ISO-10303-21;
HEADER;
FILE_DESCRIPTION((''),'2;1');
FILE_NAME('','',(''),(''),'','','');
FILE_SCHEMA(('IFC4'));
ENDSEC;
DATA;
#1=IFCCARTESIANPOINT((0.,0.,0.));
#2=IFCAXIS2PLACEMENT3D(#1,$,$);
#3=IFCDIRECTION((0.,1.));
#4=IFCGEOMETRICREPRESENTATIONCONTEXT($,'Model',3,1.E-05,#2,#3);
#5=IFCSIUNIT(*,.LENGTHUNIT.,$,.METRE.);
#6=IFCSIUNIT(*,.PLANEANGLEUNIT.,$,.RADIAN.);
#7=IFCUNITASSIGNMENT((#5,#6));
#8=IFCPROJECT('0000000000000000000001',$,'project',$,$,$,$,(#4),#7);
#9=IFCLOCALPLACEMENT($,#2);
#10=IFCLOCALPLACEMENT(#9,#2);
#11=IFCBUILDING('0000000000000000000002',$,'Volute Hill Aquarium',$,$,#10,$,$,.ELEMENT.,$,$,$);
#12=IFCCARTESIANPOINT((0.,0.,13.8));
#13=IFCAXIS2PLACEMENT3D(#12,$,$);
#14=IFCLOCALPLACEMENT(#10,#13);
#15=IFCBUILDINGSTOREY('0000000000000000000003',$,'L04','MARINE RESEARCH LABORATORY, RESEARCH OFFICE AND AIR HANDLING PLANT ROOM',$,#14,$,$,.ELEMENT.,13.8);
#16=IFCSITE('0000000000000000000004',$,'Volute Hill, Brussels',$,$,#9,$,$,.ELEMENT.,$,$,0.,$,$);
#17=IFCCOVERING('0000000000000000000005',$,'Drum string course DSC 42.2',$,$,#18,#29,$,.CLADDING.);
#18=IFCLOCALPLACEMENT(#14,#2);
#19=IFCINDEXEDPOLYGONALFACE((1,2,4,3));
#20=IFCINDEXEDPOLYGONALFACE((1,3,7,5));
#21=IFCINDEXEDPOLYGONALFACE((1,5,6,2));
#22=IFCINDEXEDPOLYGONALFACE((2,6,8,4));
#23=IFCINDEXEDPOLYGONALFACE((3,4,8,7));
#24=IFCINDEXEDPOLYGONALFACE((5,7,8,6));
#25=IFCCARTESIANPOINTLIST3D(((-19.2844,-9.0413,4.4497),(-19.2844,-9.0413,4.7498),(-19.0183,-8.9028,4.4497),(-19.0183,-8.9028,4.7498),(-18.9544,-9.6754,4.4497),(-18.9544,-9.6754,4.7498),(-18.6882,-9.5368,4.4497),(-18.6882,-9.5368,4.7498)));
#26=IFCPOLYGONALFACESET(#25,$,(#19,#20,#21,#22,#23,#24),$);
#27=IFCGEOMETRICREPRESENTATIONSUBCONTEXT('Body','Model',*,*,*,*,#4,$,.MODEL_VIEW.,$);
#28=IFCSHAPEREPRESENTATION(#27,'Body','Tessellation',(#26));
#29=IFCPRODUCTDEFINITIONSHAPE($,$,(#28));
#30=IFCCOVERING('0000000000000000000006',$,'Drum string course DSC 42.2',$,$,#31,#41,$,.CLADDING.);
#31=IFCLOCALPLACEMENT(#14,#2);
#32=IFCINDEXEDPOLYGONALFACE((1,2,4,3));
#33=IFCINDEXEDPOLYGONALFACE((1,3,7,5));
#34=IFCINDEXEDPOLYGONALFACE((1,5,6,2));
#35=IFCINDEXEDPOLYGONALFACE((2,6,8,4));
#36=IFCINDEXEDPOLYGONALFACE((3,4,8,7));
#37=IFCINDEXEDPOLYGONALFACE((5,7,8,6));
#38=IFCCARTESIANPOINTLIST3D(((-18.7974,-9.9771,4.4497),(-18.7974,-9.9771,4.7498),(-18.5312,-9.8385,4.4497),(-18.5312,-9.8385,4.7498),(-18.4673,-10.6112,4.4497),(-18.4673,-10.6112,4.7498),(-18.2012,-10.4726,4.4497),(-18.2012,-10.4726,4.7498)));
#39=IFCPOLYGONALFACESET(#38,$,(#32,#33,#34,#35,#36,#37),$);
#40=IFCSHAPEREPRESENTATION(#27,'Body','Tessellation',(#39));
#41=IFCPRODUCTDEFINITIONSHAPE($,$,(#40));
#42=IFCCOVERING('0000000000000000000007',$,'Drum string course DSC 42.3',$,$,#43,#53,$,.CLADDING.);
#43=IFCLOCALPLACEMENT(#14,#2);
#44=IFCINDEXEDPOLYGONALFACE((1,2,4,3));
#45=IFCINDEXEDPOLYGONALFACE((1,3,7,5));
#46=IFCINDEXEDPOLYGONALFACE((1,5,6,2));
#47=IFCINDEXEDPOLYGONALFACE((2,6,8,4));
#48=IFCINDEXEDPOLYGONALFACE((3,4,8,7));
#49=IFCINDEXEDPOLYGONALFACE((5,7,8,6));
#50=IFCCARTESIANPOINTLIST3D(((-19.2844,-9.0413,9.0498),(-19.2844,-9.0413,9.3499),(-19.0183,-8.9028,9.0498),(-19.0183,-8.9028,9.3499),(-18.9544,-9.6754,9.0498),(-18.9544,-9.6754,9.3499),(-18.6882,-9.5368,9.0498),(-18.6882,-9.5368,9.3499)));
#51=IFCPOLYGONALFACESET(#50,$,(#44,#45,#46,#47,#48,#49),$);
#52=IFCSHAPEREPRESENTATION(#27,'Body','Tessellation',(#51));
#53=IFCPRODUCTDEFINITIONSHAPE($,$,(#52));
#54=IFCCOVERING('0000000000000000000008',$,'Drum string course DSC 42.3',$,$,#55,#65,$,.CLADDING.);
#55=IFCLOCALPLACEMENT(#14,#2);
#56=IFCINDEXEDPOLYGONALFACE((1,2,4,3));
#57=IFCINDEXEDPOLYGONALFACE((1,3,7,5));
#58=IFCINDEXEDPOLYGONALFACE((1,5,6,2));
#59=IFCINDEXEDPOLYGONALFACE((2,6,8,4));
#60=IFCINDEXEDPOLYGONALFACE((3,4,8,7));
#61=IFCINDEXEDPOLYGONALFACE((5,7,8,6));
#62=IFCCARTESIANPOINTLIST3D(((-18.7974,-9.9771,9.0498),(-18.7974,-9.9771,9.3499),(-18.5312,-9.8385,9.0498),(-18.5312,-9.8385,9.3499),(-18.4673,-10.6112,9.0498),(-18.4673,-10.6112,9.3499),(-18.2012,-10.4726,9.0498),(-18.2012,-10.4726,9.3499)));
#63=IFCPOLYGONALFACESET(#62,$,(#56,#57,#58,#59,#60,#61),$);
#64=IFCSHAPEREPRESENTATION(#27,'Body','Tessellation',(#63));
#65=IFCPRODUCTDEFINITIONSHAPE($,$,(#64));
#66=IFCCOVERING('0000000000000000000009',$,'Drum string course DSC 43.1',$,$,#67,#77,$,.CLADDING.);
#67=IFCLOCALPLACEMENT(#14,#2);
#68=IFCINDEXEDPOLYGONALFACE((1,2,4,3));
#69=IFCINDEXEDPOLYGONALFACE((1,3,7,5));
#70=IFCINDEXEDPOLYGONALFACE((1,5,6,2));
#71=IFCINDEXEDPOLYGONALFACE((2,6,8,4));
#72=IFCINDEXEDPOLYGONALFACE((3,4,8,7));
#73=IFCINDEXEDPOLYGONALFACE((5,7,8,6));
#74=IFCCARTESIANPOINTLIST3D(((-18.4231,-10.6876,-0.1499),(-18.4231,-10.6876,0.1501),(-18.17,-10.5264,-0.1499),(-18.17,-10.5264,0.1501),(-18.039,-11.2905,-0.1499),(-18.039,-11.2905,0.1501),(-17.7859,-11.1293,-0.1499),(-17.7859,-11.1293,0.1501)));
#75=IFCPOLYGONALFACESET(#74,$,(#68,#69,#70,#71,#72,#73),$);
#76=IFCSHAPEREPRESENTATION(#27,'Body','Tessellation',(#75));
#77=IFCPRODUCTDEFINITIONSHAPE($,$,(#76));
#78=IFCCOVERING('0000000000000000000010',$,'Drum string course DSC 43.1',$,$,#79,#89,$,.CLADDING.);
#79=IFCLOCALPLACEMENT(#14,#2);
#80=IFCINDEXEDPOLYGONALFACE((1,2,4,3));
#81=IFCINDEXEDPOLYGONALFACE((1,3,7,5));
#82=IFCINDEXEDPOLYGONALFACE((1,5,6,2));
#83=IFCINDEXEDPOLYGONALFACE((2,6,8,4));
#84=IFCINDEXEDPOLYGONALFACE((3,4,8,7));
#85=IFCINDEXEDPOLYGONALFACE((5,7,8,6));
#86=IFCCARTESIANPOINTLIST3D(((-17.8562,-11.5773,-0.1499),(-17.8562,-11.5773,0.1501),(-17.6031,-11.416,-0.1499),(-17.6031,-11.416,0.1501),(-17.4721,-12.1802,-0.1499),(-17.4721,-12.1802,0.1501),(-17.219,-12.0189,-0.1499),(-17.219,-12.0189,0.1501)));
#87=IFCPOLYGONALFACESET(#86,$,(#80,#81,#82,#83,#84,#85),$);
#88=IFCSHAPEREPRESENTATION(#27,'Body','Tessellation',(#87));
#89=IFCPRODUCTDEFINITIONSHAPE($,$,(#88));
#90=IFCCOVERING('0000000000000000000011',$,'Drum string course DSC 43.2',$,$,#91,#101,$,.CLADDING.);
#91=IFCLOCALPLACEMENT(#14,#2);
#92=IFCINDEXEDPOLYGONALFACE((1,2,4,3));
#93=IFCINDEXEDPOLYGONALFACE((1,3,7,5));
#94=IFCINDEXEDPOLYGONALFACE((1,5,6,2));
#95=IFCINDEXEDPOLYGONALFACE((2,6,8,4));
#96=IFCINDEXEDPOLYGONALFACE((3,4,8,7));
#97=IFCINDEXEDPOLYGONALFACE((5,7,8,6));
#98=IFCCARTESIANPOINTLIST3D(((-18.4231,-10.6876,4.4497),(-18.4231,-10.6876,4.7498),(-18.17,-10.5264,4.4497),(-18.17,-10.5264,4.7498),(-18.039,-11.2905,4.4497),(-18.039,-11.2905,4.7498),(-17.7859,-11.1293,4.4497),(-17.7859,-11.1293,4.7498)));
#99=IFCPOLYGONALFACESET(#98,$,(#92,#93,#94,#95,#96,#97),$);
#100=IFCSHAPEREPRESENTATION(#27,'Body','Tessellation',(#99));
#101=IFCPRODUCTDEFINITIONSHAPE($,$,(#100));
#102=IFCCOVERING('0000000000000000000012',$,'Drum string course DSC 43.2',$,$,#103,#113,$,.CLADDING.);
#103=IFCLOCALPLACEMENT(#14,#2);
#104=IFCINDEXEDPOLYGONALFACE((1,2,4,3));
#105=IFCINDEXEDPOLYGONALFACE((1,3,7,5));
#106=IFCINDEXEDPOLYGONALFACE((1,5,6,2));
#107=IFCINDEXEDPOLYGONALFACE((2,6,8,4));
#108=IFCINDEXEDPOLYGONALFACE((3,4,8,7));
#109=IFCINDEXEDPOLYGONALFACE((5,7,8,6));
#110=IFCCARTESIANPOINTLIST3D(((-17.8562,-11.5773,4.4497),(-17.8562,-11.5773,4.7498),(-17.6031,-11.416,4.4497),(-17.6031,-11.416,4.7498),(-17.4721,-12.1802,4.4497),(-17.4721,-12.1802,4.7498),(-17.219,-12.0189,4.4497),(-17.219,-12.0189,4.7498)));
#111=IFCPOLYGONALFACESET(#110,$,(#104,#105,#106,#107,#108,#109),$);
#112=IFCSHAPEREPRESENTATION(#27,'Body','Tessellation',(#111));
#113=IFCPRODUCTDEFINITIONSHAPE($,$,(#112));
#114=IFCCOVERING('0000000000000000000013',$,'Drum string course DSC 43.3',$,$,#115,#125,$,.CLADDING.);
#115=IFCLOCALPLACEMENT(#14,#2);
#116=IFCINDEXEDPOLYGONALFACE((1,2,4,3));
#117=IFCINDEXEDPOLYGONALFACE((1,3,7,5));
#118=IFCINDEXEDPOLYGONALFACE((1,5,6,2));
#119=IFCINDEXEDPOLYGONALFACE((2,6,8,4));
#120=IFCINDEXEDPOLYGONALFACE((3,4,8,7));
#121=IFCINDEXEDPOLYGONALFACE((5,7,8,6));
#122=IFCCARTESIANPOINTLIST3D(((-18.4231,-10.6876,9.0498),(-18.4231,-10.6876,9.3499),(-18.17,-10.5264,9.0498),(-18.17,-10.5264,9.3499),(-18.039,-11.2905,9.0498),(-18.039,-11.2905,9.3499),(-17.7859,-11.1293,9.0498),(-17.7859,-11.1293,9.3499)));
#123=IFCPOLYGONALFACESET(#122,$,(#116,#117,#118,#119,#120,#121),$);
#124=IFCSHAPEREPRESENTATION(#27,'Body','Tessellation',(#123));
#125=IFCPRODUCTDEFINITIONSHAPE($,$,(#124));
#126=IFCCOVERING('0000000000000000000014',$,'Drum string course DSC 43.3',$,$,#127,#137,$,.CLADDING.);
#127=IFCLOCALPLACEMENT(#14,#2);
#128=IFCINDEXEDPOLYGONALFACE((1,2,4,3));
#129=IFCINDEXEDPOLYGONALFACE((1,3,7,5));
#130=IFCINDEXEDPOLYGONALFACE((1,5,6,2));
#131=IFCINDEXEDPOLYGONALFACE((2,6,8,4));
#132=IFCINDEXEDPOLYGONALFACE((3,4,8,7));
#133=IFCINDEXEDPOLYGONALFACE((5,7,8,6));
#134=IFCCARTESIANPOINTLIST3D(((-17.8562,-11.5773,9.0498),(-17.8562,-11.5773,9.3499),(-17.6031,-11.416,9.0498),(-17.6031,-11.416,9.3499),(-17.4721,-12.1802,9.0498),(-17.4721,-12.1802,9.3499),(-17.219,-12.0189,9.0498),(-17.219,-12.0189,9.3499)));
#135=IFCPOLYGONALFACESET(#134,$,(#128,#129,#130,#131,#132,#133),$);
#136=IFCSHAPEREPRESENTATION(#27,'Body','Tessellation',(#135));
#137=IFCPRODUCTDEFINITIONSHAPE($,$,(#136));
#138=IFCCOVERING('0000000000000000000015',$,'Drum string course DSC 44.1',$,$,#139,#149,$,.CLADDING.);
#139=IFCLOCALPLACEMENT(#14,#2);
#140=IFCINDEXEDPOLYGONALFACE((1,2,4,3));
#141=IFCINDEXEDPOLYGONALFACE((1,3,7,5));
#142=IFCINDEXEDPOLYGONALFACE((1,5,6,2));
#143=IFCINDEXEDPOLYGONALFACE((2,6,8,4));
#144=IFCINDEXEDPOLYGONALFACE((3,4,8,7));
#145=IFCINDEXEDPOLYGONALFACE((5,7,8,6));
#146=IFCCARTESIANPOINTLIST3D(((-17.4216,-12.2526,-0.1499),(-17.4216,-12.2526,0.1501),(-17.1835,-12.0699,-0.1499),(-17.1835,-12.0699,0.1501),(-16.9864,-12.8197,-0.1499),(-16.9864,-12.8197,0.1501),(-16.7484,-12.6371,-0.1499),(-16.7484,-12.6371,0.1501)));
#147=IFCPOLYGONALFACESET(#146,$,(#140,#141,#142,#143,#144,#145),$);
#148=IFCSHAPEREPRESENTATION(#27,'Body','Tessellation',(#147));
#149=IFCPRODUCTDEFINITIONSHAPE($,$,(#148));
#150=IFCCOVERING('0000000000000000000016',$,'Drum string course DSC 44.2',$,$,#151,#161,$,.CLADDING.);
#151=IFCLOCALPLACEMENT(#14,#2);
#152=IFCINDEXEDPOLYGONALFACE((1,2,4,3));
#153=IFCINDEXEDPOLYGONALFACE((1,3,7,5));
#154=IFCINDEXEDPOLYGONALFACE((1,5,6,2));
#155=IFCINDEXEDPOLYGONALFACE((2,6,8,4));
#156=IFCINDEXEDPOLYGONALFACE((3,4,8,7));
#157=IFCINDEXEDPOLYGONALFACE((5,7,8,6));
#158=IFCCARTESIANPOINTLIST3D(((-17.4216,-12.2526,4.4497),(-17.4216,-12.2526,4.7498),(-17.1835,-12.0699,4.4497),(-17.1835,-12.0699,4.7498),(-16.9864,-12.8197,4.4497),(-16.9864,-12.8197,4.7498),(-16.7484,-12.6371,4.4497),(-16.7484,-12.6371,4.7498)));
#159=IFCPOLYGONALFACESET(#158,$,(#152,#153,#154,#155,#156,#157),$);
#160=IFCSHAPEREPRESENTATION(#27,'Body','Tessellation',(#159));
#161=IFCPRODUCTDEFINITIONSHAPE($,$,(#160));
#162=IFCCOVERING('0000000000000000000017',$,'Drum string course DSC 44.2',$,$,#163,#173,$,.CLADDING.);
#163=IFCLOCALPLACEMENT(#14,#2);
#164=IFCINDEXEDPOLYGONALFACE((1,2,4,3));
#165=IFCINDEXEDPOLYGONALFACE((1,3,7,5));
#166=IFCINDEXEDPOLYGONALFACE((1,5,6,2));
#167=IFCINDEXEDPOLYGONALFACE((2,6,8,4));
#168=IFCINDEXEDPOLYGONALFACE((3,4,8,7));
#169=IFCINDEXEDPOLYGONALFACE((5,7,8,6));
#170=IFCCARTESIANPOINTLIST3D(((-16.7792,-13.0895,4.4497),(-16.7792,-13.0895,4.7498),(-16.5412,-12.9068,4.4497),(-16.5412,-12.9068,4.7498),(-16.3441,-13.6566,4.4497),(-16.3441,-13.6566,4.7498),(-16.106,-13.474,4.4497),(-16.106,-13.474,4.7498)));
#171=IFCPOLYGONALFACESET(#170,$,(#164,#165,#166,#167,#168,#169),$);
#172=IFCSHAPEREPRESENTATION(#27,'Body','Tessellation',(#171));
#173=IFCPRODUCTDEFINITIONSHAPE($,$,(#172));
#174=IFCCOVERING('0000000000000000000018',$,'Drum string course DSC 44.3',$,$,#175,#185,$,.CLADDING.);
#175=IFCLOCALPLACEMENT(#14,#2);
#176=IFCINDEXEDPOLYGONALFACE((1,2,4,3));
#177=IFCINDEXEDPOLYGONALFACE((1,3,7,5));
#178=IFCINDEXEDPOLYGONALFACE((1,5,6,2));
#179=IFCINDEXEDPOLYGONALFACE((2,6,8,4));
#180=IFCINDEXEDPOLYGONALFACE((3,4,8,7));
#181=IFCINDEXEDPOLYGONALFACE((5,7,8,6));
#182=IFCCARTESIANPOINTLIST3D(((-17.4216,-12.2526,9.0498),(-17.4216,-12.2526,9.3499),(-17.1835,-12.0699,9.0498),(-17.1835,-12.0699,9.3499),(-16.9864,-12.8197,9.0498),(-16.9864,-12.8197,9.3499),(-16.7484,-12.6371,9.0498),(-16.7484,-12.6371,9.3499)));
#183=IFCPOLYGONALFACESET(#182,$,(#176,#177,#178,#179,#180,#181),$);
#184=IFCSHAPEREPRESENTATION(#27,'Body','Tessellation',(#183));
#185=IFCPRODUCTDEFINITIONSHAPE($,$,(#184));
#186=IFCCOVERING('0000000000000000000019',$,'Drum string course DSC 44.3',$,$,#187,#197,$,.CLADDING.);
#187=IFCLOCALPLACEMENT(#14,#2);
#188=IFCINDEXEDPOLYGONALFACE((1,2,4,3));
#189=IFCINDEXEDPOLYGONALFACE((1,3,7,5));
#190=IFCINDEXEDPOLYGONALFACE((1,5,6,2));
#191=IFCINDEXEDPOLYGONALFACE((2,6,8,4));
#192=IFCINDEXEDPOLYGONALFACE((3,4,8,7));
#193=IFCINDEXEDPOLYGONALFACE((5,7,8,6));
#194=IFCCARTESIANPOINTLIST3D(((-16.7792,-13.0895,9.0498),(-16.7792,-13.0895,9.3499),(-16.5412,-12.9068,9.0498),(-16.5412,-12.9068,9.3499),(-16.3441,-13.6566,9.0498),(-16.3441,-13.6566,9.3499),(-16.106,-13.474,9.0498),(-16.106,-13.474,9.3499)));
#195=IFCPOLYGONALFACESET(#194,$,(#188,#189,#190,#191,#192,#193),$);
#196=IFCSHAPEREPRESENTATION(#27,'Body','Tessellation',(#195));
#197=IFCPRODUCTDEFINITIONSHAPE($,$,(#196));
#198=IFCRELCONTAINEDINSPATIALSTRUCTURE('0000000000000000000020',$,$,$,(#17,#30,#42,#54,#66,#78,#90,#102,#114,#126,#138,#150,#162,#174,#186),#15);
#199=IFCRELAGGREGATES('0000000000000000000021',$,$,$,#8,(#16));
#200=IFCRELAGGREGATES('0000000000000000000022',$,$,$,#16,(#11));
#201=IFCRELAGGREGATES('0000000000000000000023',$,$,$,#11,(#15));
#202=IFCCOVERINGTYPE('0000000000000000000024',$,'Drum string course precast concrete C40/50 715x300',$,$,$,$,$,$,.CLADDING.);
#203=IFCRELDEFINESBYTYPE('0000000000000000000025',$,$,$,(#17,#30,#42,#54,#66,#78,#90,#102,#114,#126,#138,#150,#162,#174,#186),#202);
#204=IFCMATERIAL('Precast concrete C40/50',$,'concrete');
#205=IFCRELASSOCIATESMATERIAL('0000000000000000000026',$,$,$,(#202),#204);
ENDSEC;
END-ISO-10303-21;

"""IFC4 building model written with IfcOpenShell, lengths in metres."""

from ifc_helpers import new_model, si_unit, direction, frame, origin, origin_2d, place, context, subcontext, project, spatial, rectangle, extrude, material, type_object, element, save


model = new_model("IFC4")

# Units and contexts
model_context = context("Model", 3, precision=1e-05, world=origin(), true_north=direction((0.0, 1.0)))
body_context = subcontext(model_context, "Body", "Model", "MODEL_VIEW")
ifc_project = project(units=[si_unit("LENGTHUNIT", "METRE"), si_unit("PLANEANGLEUNIT", "RADIAN")], contexts=[model_context])

# Site, building, storey
site_placement = place(None, origin())
site = spatial("IfcSite", under=ifc_project, at=site_placement, Name="Volute Hill, Brussels", CompositionType="ELEMENT", RefElevation=0.0)
building_placement = place(site_placement, origin())
building = spatial("IfcBuilding", under=site, at=building_placement, Name="Volute Hill Aquarium", CompositionType="ELEMENT")
storey_placement = place(building_placement, frame((0.0, 0.0, 13.8)))
storey = spatial("IfcBuildingStorey", under=building, at=storey_placement, Name="L04", Description="MARINE RESEARCH LABORATORY, RESEARCH OFFICE AND AIR HANDLING PLANT ROOM", CompositionType="ELEMENT", Elevation=13.8)

# Coverings
ifc_material_1 = material(Name="Precast concrete C40/50", Category="concrete")
covering_type_1 = type_object("IfcCoveringType", Name="Drum string course precast concrete C40/50 715x300", PredefinedType="CLADDING", material=ifc_material_1)
for number, where, z_axis, x_axis, name in (
    (1, (-18.9863, -9.2891, 4.4497), (0.0, 0.0, 1.0), (0.461749, -0.887011, 0.0), "Drum string course DSC 42.2"),
    (2, (-18.4993, -10.2249, 4.4497), (0.0, 0.0, 1.0), (0.461749, -0.887011, 0.0), "Drum string course DSC 42.2"),
    (3, (-18.9863, -9.2891, 9.0498), (0.0, 0.0, 1.0), (0.461749, -0.887011, 0.0), "Drum string course DSC 42.3"),
    (4, (-18.4993, -10.2249, 9.0498), (0.0, 0.0, 1.0), (0.461749, -0.887011, 0.0), "Drum string course DSC 42.3"),
    (5, (-18.1045, -10.9084, -0.1499), (0.0, 0.0, 1.0), (0.5373, -0.843391, 0.0), "Drum string course DSC 43.1"),
    (6, (-17.5376, -11.7981, -0.1499), (0.0, 0.0, 1.0), (0.5373, -0.843391, 0.0), "Drum string course DSC 43.1"),
    (7, (-18.1045, -10.9084, 4.4497), (0.0, 0.0, 1.0), (0.5373, -0.843391, 0.0), "Drum string course DSC 43.2"),
    (8, (-17.5376, -11.7981, 4.4497), (0.0, 0.0, 1.0), (0.5373, -0.843391, 0.0), "Drum string course DSC 43.2"),
    (9, (-18.1045, -10.9084, 9.0498), (0.0, 0.0, 1.0), (0.5373, -0.843391, 0.0), "Drum string course DSC 43.3"),
    (10, (-17.5376, -11.7981, 9.0498), (0.0, 0.0, 1.0), (0.5373, -0.843391, 0.0), "Drum string course DSC 43.3"),
    (11, (-17.085, -12.4448, -0.1499), (0.0, 0.0, 1.0), (0.608761, -0.793353, 0.0), "Drum string course DSC 44.1"),
    (12, (-17.085, -12.4448, 4.4497), (0.0, 0.0, 1.0), (0.608761, -0.793353, 0.0), "Drum string course DSC 44.2"),
    (13, (-16.4426, -13.2817, 4.4497), (0.0, 0.0, 1.0), (0.608761, -0.793353, 0.0), "Drum string course DSC 44.2"),
    (14, (-17.085, -12.4448, 9.0498), (0.0, 0.0, 1.0), (0.608761, -0.793353, 0.0), "Drum string course DSC 44.3"),
    (15, (-16.4426, -13.2817, 9.0498), (0.0, 0.0, 1.0), (0.608761, -0.793353, 0.0), "Drum string course DSC 44.3"),
):
    element("IfcCovering", number, at=place(storey_placement, frame(where, z_axis=z_axis, x_axis=x_axis)), inside=storey, type_object=covering_type_1, Name=name, PredefinedType="CLADDING", context=body_context, shape_type="SweptSolid", body=[
        extrude(rectangle(XDim=0.7148, YDim=0.3, at=origin_2d()), origin(), (0.0, 0.0, 1.0), 0.3),
    ])

save(model, "model.ifc")
